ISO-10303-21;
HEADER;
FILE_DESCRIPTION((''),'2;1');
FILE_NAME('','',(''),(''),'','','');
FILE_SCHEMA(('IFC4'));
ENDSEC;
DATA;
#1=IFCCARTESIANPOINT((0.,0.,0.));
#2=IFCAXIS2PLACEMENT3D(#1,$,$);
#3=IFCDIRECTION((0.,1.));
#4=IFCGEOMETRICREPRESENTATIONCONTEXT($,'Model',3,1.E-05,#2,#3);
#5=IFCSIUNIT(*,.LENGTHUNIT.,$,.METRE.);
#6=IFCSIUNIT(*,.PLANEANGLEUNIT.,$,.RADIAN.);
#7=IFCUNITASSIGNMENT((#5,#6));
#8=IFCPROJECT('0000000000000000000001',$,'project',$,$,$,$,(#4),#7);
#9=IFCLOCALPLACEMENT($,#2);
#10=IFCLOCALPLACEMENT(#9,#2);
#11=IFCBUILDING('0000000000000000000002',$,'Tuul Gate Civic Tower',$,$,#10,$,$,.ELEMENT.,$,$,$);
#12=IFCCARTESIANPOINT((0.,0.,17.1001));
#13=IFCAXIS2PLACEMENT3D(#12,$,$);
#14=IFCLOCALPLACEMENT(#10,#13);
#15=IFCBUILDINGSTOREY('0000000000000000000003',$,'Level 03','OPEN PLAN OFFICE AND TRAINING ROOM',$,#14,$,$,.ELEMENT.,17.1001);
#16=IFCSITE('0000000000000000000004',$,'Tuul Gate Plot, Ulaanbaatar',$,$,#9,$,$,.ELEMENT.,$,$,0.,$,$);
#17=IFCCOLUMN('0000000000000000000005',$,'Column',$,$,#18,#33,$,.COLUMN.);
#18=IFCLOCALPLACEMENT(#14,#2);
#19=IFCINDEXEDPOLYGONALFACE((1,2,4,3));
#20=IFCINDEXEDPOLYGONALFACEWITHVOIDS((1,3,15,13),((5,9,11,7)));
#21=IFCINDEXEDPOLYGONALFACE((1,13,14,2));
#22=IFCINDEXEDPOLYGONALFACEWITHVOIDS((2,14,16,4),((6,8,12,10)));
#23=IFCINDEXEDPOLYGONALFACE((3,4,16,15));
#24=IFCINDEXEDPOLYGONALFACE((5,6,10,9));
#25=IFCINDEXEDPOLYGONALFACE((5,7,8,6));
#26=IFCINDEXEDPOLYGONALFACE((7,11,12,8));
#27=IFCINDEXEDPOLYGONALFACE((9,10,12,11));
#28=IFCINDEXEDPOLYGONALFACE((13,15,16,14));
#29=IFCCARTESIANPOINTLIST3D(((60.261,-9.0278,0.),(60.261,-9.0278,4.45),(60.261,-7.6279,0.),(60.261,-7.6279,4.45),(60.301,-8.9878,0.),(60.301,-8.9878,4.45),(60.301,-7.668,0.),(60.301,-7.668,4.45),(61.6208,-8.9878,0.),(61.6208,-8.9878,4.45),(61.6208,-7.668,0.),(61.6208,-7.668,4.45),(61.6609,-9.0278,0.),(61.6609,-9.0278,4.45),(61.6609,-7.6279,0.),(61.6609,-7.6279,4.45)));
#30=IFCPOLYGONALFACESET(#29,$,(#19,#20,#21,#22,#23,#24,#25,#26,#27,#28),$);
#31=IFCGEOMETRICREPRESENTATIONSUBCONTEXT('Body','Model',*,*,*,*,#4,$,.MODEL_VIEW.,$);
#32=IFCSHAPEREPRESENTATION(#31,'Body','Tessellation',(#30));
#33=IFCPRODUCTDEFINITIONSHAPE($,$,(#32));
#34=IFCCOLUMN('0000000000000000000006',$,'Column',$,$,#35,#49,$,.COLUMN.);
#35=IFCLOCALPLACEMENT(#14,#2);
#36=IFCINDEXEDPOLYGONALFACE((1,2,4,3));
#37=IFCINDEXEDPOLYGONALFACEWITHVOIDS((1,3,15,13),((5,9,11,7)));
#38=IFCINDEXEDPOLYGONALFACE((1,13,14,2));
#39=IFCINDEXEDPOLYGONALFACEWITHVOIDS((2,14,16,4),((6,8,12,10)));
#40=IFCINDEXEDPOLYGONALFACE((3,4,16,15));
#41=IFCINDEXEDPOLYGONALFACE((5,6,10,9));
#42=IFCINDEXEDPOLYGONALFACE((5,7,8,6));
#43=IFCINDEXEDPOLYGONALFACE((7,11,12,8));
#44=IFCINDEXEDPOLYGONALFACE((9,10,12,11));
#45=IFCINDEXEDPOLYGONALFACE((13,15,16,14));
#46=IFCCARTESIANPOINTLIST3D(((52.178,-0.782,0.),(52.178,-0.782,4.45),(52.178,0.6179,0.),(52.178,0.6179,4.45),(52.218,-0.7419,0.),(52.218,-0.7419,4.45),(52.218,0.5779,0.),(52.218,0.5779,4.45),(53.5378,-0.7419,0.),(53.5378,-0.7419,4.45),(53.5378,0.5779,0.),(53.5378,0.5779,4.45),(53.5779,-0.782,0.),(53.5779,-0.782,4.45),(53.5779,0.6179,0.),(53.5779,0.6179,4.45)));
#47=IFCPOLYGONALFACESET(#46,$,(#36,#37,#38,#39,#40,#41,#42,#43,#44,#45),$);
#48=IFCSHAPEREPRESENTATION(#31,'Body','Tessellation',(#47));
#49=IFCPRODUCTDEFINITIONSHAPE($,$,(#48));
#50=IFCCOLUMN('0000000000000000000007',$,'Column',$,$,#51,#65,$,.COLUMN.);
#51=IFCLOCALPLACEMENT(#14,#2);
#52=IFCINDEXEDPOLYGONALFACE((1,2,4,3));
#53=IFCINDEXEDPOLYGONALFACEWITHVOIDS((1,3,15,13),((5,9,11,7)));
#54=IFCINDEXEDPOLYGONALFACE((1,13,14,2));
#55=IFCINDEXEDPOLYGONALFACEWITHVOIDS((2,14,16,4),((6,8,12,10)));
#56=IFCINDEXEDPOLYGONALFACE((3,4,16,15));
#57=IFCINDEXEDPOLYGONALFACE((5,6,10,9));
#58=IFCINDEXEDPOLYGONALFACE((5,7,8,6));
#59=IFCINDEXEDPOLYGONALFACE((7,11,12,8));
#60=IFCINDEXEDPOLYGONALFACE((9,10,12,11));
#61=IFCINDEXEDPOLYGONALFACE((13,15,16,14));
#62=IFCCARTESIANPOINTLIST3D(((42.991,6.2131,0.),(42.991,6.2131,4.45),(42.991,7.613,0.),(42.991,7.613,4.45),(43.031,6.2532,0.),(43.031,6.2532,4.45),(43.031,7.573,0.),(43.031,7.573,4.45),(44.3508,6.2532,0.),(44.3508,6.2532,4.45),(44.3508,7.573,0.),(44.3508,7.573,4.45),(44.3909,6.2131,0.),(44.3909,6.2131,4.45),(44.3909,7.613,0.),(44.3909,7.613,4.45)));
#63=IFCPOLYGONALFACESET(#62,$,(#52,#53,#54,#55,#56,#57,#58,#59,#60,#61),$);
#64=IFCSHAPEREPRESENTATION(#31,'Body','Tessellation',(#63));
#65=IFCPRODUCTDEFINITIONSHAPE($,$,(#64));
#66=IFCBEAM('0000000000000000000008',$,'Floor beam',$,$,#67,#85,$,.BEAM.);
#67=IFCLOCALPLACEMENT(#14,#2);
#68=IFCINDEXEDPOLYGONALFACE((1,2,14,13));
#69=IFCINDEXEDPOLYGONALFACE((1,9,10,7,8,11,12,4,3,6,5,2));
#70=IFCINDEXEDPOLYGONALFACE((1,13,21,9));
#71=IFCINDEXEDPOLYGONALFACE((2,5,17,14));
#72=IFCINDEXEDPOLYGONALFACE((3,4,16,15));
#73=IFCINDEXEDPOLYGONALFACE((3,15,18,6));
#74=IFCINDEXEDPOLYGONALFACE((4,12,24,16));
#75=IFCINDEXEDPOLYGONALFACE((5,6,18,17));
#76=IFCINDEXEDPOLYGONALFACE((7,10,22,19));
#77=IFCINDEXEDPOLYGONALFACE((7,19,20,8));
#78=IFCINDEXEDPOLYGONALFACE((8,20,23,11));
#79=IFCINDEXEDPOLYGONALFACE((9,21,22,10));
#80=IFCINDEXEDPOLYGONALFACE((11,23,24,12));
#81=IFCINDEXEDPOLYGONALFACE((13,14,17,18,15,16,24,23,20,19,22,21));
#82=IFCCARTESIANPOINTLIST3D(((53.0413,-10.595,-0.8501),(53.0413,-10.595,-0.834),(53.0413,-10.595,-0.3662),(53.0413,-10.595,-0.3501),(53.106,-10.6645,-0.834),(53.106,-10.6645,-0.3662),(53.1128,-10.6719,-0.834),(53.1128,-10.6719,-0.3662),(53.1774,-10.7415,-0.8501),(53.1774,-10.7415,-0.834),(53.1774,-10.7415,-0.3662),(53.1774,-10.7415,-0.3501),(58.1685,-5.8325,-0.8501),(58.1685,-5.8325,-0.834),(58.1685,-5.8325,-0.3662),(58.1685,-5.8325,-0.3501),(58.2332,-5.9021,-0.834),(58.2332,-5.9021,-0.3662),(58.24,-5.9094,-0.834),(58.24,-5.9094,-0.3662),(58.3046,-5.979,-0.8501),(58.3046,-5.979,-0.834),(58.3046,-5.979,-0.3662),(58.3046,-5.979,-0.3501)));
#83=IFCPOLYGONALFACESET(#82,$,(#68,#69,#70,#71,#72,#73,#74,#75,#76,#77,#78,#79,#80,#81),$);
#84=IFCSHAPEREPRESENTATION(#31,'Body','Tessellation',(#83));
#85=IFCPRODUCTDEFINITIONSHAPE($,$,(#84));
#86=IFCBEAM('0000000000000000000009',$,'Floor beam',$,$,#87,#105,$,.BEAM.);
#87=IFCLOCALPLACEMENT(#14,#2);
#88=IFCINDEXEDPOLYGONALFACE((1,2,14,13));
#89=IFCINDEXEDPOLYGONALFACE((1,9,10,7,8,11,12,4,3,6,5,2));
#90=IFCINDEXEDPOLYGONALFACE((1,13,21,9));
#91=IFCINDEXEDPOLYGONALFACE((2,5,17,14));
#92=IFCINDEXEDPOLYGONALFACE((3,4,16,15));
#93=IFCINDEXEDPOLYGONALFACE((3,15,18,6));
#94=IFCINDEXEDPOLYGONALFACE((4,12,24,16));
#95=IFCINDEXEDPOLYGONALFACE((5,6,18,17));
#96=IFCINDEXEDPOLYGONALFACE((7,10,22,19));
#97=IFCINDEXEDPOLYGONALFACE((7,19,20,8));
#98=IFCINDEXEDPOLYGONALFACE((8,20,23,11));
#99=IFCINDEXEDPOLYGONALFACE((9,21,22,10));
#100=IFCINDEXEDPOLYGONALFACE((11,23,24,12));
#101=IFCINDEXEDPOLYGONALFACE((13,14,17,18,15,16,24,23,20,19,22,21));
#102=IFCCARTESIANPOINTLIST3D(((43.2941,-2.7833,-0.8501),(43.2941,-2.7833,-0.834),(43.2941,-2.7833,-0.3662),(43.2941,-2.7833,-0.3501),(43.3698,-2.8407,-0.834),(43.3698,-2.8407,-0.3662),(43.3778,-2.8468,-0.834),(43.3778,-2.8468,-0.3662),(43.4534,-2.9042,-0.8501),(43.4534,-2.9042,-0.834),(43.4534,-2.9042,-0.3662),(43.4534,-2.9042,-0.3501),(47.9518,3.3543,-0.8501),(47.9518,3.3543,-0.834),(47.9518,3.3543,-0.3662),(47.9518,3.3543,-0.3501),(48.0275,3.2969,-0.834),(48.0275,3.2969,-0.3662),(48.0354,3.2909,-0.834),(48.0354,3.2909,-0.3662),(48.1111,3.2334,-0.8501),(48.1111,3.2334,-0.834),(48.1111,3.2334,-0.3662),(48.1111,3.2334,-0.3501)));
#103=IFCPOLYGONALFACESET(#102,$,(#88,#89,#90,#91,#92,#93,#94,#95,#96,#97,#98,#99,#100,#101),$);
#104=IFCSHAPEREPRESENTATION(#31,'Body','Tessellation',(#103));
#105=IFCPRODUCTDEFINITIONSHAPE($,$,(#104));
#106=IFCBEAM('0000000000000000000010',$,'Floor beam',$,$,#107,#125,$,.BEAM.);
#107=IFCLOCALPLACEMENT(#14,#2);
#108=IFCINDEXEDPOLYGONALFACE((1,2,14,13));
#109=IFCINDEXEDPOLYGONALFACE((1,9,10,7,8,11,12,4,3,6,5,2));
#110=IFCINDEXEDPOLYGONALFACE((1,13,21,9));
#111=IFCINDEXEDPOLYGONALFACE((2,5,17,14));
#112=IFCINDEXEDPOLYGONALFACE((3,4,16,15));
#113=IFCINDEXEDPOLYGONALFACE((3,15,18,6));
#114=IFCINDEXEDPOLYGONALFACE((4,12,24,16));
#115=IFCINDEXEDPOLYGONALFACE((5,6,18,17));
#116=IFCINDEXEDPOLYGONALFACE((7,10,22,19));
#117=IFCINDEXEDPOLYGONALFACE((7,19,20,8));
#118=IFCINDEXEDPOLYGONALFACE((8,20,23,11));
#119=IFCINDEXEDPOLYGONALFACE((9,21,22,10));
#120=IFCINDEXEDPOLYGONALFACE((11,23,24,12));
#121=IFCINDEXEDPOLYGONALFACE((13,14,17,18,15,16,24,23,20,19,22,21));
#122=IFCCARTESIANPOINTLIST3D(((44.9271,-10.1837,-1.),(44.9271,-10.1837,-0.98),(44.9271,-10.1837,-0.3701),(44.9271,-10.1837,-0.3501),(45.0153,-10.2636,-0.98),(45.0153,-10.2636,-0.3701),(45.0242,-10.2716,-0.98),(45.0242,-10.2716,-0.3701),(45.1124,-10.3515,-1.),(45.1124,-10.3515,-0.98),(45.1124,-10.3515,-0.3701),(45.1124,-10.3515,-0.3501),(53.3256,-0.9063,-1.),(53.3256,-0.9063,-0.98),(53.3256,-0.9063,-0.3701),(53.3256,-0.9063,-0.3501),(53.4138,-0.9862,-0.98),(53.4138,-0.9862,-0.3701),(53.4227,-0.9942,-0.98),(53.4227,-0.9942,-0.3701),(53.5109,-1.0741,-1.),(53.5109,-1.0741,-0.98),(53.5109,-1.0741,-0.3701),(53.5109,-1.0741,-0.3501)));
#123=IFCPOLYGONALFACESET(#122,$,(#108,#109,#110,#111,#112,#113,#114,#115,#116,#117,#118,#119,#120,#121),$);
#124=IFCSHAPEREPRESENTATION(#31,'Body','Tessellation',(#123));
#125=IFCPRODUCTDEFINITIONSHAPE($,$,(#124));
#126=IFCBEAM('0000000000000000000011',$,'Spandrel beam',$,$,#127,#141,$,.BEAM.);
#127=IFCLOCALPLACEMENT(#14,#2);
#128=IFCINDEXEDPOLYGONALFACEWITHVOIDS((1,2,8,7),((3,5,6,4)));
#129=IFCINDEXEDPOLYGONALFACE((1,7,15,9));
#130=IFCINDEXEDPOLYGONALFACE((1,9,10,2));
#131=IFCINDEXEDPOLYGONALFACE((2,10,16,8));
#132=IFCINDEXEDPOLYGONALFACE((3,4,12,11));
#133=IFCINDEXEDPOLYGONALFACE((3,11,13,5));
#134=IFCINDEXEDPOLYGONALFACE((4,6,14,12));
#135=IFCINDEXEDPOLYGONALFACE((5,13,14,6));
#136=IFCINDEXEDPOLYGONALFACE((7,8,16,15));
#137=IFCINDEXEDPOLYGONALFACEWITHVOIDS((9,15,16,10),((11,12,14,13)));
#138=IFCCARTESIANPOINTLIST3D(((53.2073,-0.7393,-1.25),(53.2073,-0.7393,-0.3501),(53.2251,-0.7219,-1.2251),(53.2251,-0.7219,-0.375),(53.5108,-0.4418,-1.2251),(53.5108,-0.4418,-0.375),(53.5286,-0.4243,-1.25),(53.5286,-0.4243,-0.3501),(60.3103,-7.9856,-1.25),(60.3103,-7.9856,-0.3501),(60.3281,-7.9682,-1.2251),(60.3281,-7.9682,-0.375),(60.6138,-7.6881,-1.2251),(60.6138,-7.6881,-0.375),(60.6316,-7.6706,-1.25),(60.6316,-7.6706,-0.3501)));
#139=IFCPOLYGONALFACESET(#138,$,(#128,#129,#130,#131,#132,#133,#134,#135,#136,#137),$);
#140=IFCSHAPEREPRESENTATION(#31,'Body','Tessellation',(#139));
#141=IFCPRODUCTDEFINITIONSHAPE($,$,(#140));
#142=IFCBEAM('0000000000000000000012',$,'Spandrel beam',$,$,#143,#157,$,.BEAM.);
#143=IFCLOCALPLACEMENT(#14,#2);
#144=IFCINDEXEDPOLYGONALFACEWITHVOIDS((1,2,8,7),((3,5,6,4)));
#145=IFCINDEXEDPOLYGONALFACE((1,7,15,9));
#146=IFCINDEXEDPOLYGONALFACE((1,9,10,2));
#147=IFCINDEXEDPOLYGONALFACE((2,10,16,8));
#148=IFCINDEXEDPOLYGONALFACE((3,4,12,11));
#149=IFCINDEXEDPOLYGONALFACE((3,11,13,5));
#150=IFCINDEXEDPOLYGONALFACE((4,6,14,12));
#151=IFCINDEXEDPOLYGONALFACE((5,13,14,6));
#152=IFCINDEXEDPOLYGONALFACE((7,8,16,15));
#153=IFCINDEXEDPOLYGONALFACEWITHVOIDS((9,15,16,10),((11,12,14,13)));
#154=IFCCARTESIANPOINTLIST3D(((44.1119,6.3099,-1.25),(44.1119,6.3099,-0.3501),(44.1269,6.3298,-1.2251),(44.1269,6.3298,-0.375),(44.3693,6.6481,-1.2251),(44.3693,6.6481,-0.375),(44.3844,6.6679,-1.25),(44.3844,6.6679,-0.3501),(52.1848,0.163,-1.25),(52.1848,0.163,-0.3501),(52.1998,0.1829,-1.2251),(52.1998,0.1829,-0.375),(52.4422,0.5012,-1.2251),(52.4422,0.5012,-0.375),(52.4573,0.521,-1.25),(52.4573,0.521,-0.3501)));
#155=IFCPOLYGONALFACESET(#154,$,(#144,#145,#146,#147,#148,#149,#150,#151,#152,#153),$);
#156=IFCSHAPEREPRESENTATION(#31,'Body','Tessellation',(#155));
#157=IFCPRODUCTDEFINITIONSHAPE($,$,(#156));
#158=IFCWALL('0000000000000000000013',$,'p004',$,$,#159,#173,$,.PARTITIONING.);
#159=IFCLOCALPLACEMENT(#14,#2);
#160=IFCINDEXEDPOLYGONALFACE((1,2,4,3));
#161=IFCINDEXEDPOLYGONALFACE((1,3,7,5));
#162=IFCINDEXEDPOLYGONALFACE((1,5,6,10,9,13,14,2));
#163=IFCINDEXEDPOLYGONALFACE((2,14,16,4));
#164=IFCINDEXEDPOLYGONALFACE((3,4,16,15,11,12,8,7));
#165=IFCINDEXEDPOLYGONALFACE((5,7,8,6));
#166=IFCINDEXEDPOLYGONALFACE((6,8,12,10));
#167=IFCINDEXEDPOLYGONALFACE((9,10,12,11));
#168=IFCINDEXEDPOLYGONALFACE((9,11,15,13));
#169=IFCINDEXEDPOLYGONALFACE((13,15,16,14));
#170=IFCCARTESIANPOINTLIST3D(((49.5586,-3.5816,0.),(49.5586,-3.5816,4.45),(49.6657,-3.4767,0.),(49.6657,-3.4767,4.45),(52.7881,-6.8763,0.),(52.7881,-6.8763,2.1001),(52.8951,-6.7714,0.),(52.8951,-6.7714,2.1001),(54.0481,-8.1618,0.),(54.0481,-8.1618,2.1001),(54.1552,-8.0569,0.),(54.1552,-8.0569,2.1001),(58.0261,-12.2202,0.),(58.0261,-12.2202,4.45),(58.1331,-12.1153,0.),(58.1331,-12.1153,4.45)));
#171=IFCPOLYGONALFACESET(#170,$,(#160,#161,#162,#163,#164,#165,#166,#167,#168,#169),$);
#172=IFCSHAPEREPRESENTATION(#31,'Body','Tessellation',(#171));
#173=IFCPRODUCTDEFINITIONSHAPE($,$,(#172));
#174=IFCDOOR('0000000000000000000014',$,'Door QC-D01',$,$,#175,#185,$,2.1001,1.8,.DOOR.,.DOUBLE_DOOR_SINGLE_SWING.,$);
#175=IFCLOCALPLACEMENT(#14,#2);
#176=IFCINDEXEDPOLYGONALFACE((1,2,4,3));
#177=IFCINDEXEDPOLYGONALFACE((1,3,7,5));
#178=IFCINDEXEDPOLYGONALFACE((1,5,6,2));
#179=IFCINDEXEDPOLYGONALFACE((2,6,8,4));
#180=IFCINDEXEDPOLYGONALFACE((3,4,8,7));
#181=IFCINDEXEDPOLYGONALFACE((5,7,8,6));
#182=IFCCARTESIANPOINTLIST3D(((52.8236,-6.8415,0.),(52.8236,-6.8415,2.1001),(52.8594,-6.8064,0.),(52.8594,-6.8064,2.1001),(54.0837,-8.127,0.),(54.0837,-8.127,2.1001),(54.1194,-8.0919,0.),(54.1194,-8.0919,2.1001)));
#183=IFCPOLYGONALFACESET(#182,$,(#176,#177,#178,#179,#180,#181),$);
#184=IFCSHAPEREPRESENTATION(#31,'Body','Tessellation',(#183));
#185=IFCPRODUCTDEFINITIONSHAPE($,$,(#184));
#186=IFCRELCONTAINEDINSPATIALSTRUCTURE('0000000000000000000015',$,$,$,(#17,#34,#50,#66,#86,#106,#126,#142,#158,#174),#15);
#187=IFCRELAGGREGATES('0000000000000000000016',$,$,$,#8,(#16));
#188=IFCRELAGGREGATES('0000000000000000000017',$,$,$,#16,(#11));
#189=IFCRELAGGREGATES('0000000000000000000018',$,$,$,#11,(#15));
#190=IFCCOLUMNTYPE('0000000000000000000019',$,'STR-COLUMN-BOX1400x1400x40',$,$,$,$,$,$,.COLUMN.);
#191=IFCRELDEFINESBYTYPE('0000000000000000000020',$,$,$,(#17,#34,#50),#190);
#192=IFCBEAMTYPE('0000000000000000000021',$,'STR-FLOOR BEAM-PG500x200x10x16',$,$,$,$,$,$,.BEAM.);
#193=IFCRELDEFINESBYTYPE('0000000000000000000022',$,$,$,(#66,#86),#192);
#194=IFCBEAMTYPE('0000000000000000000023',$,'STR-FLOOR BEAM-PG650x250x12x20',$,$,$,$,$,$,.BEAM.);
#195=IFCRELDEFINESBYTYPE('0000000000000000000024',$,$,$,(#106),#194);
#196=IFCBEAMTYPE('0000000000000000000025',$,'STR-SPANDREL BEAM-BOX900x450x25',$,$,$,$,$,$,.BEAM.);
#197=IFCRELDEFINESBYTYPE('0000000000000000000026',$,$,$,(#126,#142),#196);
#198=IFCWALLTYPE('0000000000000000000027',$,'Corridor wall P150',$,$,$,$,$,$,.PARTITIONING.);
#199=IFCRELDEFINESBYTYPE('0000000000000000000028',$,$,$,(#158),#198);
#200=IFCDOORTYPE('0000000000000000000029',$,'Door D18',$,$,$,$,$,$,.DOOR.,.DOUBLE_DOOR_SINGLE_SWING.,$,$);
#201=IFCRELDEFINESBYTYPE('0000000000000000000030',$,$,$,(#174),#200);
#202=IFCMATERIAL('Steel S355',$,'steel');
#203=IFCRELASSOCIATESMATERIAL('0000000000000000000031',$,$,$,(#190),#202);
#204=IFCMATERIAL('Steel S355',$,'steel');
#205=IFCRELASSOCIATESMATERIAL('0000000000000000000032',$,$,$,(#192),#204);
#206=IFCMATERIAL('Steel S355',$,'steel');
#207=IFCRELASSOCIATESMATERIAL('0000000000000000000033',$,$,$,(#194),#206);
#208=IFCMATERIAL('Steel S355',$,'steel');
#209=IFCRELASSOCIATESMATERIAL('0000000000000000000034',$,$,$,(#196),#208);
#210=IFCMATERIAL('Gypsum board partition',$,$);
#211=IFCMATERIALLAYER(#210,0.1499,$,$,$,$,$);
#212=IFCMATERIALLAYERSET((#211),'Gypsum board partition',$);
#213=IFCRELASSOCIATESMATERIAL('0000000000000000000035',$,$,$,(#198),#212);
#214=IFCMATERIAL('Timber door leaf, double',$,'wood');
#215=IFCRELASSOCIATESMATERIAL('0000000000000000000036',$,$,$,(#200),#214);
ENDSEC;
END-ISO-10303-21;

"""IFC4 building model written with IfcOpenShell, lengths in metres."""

from ifc_helpers import new_model, si_unit, direction, frame, frame_2d, origin, origin_2d, place, context, subcontext, project, spatial, rectangle, hollow_rectangle, i_section, extrude, material, layer, layer_set, material_profile, profile_set, type_object, element, fill, save


model = new_model("IFC4")

# Units and contexts
model_context = context("Model", 3, precision=1e-05, world=origin(), true_north=direction((0.0, 1.0)))
body_context = subcontext(model_context, "Body", "Model", "MODEL_VIEW")
ifc_project = project(units=[si_unit("LENGTHUNIT", "METRE"), si_unit("PLANEANGLEUNIT", "RADIAN")], contexts=[model_context])

# Site, building, storey
site_placement = place(None, origin())
site = spatial("IfcSite", under=ifc_project, at=site_placement, Name="Tuul Gate Plot, Ulaanbaatar", CompositionType="ELEMENT", RefElevation=0.0)
building_placement = place(site_placement, origin())
building = spatial("IfcBuilding", under=site, at=building_placement, Name="Tuul Gate Civic Tower", CompositionType="ELEMENT")
storey_placement = place(building_placement, frame((0.0, 0.0, 17.1001)))
storey = spatial("IfcBuildingStorey", under=building, at=storey_placement, Name="Level 03", Description="OPEN PLAN OFFICE AND TRAINING ROOM", CompositionType="ELEMENT", Elevation=17.1001)

# Columns
ifc_material_1 = material(Name="Steel S355", Category="steel")
ifc_material_profile_1 = material_profile(ifc_material_1, hollow_rectangle(XDim=1.3999, YDim=1.3999, WallThickness=0.04, at=origin_2d()), Name="BOX1400x1400x40")
ifc_profile_set_1 = profile_set([ifc_material_profile_1], Name="Steel S355")
column_type = type_object("IfcColumnType", Name="STR-COLUMN-BOX1400x1400x40", PredefinedType="COLUMN", material=ifc_profile_set_1)
for number, where, z_axis, x_axis, name in (
    (1, (60.9609, -8.3279, 0.0), (0.0, 0.0, 1.0), (1.0, 0.0, 0.0), "Column"),
    (2, (52.8779, -0.082, 0.0), (0.0, 0.0, 1.0), (1.0, 0.0, 0.0), "Column"),
    (3, (43.6909, 6.9131, 0.0), (0.0, 0.0, 1.0), (1.0, 0.0, 0.0), "Column"),
):
    element("IfcColumn", number, at=place(storey_placement, frame(where, z_axis=z_axis, x_axis=x_axis)), inside=storey, type_object=column_type, Name=name, PredefinedType="COLUMN", context=body_context, shape_type="SweptSolid", body=[
        extrude(hollow_rectangle(XDim=1.3999, YDim=1.3999, WallThickness=0.04, at=origin_2d()), origin(), (0.0, 0.0, 1.0), 4.45),
    ])

# Beams
ifc_material_2 = material(Name="Steel S355", Category="steel")
ifc_material_profile_2 = material_profile(ifc_material_2, i_section(OverallWidth=0.2, OverallDepth=0.5, WebThickness=0.01, FlangeThickness=0.0161, at=origin_2d()), Name="PG500x200x10x16")
ifc_profile_set_2 = profile_set([ifc_material_profile_2], Name="Steel S355")
beam_type_1 = type_object("IfcBeamType", Name="STR-FLOOR BEAM-PG500x200x10x16", PredefinedType="BEAM", material=ifc_profile_set_2)
beam_1_placement = place(storey_placement, frame((53.1094, -10.6682, -0.6001), z_axis=(0.732688, 0.680565, 0.0), x_axis=(-0.680565, 0.732688, 0.0)))
element("IfcBeam", 4, at=beam_1_placement, inside=storey, type_object=beam_type_1, Name="Floor beam", PredefinedType="BEAM", context=body_context, shape_type="SweptSolid", body=[
    extrude(i_section(OverallWidth=0.2, OverallDepth=0.5, WebThickness=0.01, FlangeThickness=0.0161, at=origin_2d()), origin(), (0.0, 0.0, 1.0), 6.9978),
])
beam_2_placement = place(storey_placement, frame((43.3738, -2.8438, -0.6001), z_axis=(0.604513, 0.796596, 0.0), x_axis=(-0.796596, 0.604513, 0.0)))
element("IfcBeam", 5, at=beam_2_placement, inside=storey, type_object=beam_type_1, Name="Floor beam", PredefinedType="BEAM", context=body_context, shape_type="SweptSolid", body=[
    extrude(i_section(OverallWidth=0.2, OverallDepth=0.5, WebThickness=0.01, FlangeThickness=0.0161, at=origin_2d()), origin(), (0.0, 0.0, 1.0), 7.7048),
])
ifc_material_3 = material(Name="Steel S355", Category="steel")
ifc_material_profile_3 = material_profile(ifc_material_3, i_section(OverallWidth=0.25, OverallDepth=0.6499, WebThickness=0.012, FlangeThickness=0.02, at=origin_2d()), Name="PG650x250x12x20")
ifc_profile_set_3 = profile_set([ifc_material_profile_3], Name="Steel S355")
beam_type_2 = type_object("IfcBeamType", Name="STR-FLOOR BEAM-PG650x250x12x20", PredefinedType="BEAM", material=ifc_profile_set_3)
beam_3_placement = place(storey_placement, frame((45.0198, -10.2676, -0.675), z_axis=(0.671118, 0.741351, 0.0), x_axis=(-0.741351, 0.671118, 0.0)))
element("IfcBeam", 6, at=beam_3_placement, inside=storey, type_object=beam_type_2, Name="Floor beam", PredefinedType="BEAM", context=body_context, shape_type="SweptSolid", body=[
    extrude(i_section(OverallWidth=0.25, OverallDepth=0.6499, WebThickness=0.012, FlangeThickness=0.02, at=origin_2d()), origin(), (0.0, 0.0, 1.0), 12.5142),
])
ifc_material_4 = material(Name="Steel S355", Category="steel")
ifc_material_profile_4 = material_profile(ifc_material_4, hollow_rectangle(XDim=0.45, YDim=0.8999, WallThickness=0.0249, at=origin_2d()), Name="BOX900x450x25")
ifc_profile_set_4 = profile_set([ifc_material_profile_4], Name="Steel S355")
beam_type_3 = type_object("IfcBeamType", Name="STR-SPANDREL BEAM-BOX900x450x25", PredefinedType="BEAM", material=ifc_profile_set_4)
beam_4_placement = place(storey_placement, frame((60.4709, -7.8281, -0.8), z_axis=(-0.70001, 0.714133, 0.0), x_axis=(-0.714133, -0.70001, 0.0)))
element("IfcBeam", 7, at=beam_4_placement, inside=storey, type_object=beam_type_3, Name="Spandrel beam", PredefinedType="BEAM", context=body_context, shape_type="SweptSolid", body=[
    extrude(hollow_rectangle(XDim=0.45, YDim=0.8999, WallThickness=0.0249, at=origin_2d()), origin(), (0.0, 0.0, 1.0), 10.147),
])
beam_5_placement = place(storey_placement, frame((52.321, 0.342, -0.8), z_axis=(-0.795616, 0.605801, 0.0), x_axis=(-0.605801, -0.795616, 0.0)))
element("IfcBeam", 8, at=beam_5_placement, inside=storey, type_object=beam_type_3, Name="Spandrel beam", PredefinedType="BEAM", context=body_context, shape_type="SweptSolid", body=[
    extrude(hollow_rectangle(XDim=0.45, YDim=0.8999, WallThickness=0.0249, at=origin_2d()), origin(), (0.0, 0.0, 1.0), 10.1467),
])

# Wall, opening, door
ifc_material_5 = material(Name="Gypsum board partition")
ifc_layer_1 = layer(ifc_material_5, 0.1499)
ifc_layer_set_1 = layer_set([ifc_layer_1], Name="Gypsum board partition")
wall_type_1 = type_object("IfcWallType", Name="Corridor wall P150", PredefinedType="PARTITIONING", material=ifc_layer_set_1)
wall_1_placement = place(storey_placement, frame((49.6121, -3.5291, 0.0), z_axis=(0.0, 0.0, 1.0), x_axis=(0.699997, -0.714145, 0.0)))
wall_1 = element("IfcWall", 9, at=wall_1_placement, inside=storey, type_object=wall_type_1, Name="p004", PredefinedType="PARTITIONING", context=body_context, shape_type="SweptSolid", body=[
    extrude(rectangle(XDim=12.0964, YDim=0.1499, at=frame_2d((6.0483, 0.0))), origin(), (0.0, 0.0, 1.0), 4.45),
])
opening_1_placement = place(wall_1_placement, frame((4.6138, 0.0, 0.0)))
opening_1 = element("IfcOpeningElement", 10, at=opening_1_placement, cuts=wall_1, PredefinedType="OPENING", context=body_context, shape_type="SweptSolid", body=[
    extrude(rectangle(XDim=1.8, YDim=2.1001, at=frame_2d((0.8999, 1.05))), frame((0.0, 0.085, 0.0), z_axis=(0.0, -1.0, 0.0), x_axis=(1.0, 0.0, 0.0)), (0.0, 0.0, 1.0), 0.1699),
])
ifc_material_6 = material(Name="Timber door leaf, double", Category="wood")
door_type_1 = type_object("IfcDoorType", Name="Door D18", OperationType="DOUBLE_DOOR_SINGLE_SWING", PredefinedType="DOOR", material=ifc_material_6)
door_1_placement = place(opening_1_placement, origin())
door_1 = element("IfcDoor", 11, at=door_1_placement, inside=storey, type_object=door_type_1, Name="Door QC-D01", OperationType="DOUBLE_DOOR_SINGLE_SWING", OverallHeight=2.1001, OverallWidth=1.8, PredefinedType="DOOR", context=body_context, shape_type="SweptSolid", body=[
    extrude(rectangle(XDim=1.8, YDim=2.1001, at=frame_2d((0.8999, 1.05))), frame((0.0, 0.0249, 0.0), z_axis=(0.0, -1.0, 0.0), x_axis=(1.0, 0.0, 0.0)), (0.0, 0.0, 1.0), 0.05),
])
fill(opening_1, door_1)

save(model, "model.ifc")
